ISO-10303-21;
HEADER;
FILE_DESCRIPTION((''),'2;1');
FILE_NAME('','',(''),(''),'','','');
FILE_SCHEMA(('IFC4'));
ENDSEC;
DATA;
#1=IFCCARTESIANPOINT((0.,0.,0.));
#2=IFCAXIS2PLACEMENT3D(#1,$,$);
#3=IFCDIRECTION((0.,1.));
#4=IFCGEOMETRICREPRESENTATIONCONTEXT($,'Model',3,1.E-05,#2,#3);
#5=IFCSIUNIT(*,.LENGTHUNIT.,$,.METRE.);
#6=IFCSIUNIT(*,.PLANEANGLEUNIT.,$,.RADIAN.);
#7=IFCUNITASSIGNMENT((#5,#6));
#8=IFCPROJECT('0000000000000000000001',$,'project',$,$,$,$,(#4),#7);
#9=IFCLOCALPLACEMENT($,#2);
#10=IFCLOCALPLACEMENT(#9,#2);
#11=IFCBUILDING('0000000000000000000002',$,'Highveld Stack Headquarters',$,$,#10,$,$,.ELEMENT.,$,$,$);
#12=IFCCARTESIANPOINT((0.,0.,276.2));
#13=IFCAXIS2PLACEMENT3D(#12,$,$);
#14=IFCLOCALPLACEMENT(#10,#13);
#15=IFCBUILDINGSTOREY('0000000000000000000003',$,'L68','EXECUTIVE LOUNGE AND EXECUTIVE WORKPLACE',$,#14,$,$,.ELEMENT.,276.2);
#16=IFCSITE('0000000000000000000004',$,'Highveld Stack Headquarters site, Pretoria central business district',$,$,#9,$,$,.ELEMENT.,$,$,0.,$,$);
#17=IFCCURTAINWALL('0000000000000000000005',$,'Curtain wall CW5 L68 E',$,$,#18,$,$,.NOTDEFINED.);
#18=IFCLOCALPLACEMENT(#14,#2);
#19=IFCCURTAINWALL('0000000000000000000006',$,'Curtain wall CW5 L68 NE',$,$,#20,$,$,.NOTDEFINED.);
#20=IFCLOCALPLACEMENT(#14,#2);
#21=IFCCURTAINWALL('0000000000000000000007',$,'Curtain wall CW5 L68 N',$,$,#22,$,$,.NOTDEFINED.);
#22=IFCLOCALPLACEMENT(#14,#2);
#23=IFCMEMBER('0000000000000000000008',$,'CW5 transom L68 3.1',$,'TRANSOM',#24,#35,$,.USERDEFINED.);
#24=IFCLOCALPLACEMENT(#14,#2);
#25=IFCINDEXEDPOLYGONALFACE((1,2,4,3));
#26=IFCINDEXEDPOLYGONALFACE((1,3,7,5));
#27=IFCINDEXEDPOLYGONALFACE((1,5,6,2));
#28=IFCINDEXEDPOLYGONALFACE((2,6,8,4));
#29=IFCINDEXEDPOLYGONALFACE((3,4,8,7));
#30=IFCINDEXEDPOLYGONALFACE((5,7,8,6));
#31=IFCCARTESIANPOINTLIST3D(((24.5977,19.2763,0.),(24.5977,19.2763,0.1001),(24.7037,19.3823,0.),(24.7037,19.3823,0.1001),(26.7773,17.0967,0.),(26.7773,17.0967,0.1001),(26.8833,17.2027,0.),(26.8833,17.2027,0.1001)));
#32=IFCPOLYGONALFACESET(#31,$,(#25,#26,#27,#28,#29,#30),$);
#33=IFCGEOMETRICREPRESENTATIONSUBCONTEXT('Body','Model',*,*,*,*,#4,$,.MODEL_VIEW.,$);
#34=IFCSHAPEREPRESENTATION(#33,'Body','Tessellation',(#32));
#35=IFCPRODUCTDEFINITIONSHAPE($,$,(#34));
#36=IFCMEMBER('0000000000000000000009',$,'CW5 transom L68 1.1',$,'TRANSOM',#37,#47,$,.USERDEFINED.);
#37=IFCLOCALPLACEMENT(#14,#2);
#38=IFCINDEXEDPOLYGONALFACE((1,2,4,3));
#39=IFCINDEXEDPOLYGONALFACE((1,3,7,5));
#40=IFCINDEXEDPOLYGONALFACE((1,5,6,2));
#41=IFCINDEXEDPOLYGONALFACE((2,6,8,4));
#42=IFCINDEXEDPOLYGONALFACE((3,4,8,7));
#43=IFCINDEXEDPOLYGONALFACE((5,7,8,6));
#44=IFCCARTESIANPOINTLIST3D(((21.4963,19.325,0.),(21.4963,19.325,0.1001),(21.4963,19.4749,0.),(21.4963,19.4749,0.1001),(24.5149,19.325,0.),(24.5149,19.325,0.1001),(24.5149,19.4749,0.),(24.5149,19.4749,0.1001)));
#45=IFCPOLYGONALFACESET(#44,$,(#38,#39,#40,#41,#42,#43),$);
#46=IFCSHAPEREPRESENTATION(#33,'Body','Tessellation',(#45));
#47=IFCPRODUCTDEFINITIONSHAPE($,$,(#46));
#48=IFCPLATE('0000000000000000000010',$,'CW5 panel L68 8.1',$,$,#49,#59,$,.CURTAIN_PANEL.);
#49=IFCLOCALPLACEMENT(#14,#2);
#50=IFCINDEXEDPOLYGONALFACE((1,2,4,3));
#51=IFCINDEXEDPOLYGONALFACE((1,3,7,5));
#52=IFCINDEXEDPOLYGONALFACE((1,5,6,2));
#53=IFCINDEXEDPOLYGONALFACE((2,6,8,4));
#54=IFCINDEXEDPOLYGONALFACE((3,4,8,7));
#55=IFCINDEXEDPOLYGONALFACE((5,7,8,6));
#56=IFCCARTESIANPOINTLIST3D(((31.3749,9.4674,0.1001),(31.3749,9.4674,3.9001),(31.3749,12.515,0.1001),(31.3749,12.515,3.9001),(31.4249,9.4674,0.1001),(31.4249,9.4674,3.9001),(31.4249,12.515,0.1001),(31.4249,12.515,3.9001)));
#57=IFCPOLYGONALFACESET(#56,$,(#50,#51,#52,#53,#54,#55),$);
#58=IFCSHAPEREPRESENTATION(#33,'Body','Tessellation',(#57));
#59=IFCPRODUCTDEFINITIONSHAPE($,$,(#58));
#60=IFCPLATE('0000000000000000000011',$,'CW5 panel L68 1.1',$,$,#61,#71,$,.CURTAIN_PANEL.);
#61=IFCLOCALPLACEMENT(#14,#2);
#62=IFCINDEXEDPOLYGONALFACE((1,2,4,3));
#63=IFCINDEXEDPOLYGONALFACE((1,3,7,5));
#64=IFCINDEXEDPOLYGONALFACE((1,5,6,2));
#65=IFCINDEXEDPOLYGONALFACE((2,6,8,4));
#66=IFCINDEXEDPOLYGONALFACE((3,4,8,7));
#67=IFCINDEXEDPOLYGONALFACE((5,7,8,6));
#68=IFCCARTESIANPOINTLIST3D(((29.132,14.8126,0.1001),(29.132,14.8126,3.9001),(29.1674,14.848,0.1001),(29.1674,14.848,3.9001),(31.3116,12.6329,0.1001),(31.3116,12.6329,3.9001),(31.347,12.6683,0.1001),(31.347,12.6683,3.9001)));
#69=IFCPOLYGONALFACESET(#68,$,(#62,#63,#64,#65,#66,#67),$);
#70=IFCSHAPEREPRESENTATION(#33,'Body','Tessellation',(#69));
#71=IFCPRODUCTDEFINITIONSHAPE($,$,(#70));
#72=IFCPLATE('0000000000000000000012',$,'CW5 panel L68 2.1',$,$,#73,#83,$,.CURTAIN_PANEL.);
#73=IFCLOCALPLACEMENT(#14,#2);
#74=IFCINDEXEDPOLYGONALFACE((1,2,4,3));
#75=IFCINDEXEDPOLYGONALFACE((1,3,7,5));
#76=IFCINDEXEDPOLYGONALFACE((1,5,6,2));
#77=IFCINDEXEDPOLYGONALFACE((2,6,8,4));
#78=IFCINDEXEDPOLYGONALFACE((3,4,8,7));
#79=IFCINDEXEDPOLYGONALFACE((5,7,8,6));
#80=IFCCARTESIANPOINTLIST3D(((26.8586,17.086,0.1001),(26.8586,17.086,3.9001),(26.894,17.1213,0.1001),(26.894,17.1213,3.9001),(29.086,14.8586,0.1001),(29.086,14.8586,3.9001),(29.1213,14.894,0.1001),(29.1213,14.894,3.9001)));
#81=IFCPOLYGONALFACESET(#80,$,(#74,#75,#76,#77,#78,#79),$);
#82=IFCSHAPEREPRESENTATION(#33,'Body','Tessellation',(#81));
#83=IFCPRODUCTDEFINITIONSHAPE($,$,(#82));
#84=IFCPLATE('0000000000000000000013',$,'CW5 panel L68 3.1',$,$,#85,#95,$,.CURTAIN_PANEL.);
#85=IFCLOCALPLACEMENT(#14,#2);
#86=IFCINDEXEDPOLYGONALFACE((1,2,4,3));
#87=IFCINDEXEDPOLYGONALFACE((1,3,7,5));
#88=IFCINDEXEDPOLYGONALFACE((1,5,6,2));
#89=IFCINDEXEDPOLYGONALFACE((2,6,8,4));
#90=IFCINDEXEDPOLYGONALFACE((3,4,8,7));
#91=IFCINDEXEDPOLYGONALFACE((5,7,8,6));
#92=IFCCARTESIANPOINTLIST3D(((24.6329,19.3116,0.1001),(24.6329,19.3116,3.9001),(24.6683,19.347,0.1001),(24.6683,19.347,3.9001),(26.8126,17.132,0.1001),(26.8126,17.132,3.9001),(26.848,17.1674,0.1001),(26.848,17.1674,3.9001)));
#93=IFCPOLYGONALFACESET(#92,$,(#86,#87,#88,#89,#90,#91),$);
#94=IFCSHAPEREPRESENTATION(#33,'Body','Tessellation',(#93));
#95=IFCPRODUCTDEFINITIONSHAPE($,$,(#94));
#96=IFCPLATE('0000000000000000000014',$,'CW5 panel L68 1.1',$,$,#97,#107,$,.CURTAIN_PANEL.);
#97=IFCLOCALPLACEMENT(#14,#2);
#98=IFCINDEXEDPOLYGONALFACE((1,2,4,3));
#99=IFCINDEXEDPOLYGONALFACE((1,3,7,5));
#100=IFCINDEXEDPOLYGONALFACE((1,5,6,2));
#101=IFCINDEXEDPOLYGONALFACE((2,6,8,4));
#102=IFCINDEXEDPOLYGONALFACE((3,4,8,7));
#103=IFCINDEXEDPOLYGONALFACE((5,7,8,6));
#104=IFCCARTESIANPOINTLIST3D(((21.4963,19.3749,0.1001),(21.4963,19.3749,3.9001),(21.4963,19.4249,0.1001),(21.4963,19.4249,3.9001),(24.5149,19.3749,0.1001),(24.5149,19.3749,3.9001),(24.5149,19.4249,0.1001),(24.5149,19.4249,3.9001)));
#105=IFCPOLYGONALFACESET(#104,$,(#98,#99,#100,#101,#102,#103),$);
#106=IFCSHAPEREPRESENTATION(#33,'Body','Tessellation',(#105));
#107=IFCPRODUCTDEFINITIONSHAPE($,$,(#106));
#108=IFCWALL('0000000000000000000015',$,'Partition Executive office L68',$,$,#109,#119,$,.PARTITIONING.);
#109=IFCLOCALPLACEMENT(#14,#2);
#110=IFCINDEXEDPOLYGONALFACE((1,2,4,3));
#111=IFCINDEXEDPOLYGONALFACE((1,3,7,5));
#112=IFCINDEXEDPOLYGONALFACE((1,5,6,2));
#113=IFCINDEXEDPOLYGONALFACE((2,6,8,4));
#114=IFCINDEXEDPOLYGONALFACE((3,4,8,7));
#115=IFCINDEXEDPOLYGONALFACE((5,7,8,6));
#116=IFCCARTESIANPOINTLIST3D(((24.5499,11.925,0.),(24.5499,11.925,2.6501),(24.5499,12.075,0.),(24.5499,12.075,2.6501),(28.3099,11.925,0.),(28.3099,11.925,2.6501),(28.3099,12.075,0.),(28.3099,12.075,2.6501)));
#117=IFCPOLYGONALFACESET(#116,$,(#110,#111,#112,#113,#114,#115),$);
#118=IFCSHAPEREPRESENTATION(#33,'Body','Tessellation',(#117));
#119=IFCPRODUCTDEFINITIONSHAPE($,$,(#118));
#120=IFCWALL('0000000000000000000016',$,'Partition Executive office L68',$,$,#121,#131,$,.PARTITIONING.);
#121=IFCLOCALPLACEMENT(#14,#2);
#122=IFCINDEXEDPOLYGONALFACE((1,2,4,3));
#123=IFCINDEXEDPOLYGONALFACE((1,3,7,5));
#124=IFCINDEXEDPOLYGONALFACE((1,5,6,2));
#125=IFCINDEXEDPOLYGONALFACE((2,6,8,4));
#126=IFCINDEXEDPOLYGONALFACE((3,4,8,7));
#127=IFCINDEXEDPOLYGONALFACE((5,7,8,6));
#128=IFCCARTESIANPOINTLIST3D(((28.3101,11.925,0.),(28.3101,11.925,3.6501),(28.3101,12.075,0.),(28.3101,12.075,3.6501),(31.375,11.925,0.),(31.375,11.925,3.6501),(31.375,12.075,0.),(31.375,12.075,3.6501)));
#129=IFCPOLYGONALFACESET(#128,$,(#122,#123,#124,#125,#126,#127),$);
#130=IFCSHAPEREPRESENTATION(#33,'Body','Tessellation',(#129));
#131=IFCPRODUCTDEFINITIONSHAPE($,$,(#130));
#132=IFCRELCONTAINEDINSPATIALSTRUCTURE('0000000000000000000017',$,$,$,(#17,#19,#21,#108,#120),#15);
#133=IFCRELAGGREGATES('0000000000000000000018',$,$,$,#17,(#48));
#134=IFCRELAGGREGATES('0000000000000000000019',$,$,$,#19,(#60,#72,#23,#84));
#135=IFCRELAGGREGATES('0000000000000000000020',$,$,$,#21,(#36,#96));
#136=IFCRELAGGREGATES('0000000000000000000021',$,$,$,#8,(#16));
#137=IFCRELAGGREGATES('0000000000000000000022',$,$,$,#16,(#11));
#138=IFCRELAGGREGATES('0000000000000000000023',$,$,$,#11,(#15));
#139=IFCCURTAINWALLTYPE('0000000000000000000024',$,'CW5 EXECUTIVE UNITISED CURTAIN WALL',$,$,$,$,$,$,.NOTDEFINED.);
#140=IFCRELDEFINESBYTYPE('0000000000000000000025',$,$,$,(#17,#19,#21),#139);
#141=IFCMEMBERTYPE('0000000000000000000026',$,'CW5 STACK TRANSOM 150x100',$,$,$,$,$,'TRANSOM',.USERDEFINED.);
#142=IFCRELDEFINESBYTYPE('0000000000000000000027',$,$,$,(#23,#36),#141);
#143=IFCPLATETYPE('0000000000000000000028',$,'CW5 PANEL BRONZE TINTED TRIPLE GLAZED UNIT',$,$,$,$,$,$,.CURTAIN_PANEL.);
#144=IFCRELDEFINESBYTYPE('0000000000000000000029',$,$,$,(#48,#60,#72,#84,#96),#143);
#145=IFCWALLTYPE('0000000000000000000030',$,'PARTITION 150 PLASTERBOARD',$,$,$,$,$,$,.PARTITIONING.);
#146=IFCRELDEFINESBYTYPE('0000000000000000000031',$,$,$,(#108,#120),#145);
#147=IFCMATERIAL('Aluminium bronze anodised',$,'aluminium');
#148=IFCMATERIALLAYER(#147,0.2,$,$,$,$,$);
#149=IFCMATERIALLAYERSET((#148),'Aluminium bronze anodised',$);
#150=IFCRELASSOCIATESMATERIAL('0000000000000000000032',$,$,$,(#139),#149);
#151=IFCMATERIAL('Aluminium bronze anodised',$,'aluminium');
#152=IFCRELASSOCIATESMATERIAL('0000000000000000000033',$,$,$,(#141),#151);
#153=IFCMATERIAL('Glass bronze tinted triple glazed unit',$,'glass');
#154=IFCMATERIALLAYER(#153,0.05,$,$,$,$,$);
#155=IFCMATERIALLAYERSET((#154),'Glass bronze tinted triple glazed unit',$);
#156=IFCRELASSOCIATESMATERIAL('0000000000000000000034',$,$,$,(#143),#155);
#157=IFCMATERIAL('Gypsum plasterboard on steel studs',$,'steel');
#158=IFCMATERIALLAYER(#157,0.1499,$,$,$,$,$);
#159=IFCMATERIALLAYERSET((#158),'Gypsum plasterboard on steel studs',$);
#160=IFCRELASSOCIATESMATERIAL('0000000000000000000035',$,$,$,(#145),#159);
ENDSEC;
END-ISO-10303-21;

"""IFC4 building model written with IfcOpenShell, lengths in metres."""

from ifc_helpers import new_model, si_unit, direction, frame, frame_2d, origin, origin_2d, place, context, subcontext, project, spatial, rectangle, extrude, material, layer, layer_set, material_profile, profile_set, type_object, element, aggregate, save


model = new_model("IFC4")

# Units and contexts
model_context = context("Model", 3, precision=1e-05, world=origin(), true_north=direction((0.0, 1.0)))
body_context = subcontext(model_context, "Body", "Model", "MODEL_VIEW")
ifc_project = project(units=[si_unit("LENGTHUNIT", "METRE"), si_unit("PLANEANGLEUNIT", "RADIAN")], contexts=[model_context])

# Site, building, storey
site_placement = place(None, origin())
site = spatial("IfcSite", under=ifc_project, at=site_placement, Name="Highveld Stack Headquarters site, Pretoria central business district", CompositionType="ELEMENT", RefElevation=0.0)
building_placement = place(site_placement, origin())
building = spatial("IfcBuilding", under=site, at=building_placement, Name="Highveld Stack Headquarters", CompositionType="ELEMENT")
storey_placement = place(building_placement, frame((0.0, 0.0, 276.2)))
storey = spatial("IfcBuildingStorey", under=building, at=storey_placement, Name="L68", Description="EXECUTIVE LOUNGE AND EXECUTIVE WORKPLACE", CompositionType="ELEMENT", Elevation=276.2)

# Curtain wall
ifc_material_1 = material(Name="Aluminium bronze anodised", Category="aluminium")
ifc_layer_1 = layer(ifc_material_1, 0.2)
ifc_layer_set_1 = layer_set([ifc_layer_1], Name="Aluminium bronze anodised")
curtain_wall_type = type_object("IfcCurtainWallType", Name="CW5 EXECUTIVE UNITISED CURTAIN WALL", PredefinedType="NOTDEFINED", material=ifc_layer_set_1)
curtain_wall_1_placement = place(storey_placement, origin())
curtain_wall_1 = element("IfcCurtainWall", 1, at=curtain_wall_1_placement, inside=storey, type_object=curtain_wall_type, Name="Curtain wall CW5 L68 E", PredefinedType="NOTDEFINED")

# Curtain wall
curtain_wall_2_placement = place(storey_placement, origin())
curtain_wall_2 = element("IfcCurtainWall", 2, at=curtain_wall_2_placement, inside=storey, type_object=curtain_wall_type, Name="Curtain wall CW5 L68 NE", PredefinedType="NOTDEFINED")

# Curtain wall
curtain_wall_3_placement = place(storey_placement, origin())
curtain_wall_3 = element("IfcCurtainWall", 3, at=curtain_wall_3_placement, inside=storey, type_object=curtain_wall_type, Name="Curtain wall CW5 L68 N", PredefinedType="NOTDEFINED")

# Members
ifc_material_2 = material(Name="Aluminium bronze anodised", Category="aluminium")
ifc_material_profile_1 = material_profile(ifc_material_2, rectangle(XDim=0.1499, YDim=0.1001, at=origin_2d()), Name="CW5 TRANSOM 150x100")
ifc_profile_set_1 = profile_set([ifc_material_profile_1], Name="Aluminium bronze anodised")
member_type_1 = type_object("IfcMemberType", Name="CW5 STACK TRANSOM 150x100", ElementType="TRANSOM", PredefinedType="USERDEFINED", material=ifc_profile_set_1)
member_1_placement = place(storey_placement, frame((26.8303, 17.1497, 0.05), z_axis=(-0.707107, 0.707107, 0.0), x_axis=(-0.707107, -0.707107, 0.0)))
member_1 = element("IfcMember", 4, at=member_1_placement, type_object=member_type_1, Name="CW5 transom L68 3.1", ObjectType="TRANSOM", PredefinedType="USERDEFINED", context=body_context, shape_type="SweptSolid", body=[
    extrude(rectangle(XDim=0.1499, YDim=0.1001, at=origin_2d()), origin(), (0.0, 0.0, 1.0), 3.0825),
])
member_2_placement = place(storey_placement, frame((24.5149, 19.3999, 0.05), z_axis=(-1.0, 0.0, 0.0), x_axis=(0.0, -1.0, 0.0)))
member_2 = element("IfcMember", 5, at=member_2_placement, type_object=member_type_1, Name="CW5 transom L68 1.1", ObjectType="TRANSOM", PredefinedType="USERDEFINED", context=body_context, shape_type="SweptSolid", body=[
    extrude(rectangle(XDim=0.1499, YDim=0.1001, at=origin_2d()), origin(), (0.0, 0.0, 1.0), 3.0186),
])

# Plates
ifc_material_3 = material(Name="Glass bronze tinted triple glazed unit", Category="glass")
ifc_layer_2 = layer(ifc_material_3, 0.05)
ifc_layer_set_2 = layer_set([ifc_layer_2], Name="Glass bronze tinted triple glazed unit")
plate_type = type_object("IfcPlateType", Name="CW5 PANEL BRONZE TINTED TRIPLE GLAZED UNIT", PredefinedType="CURTAIN_PANEL", material=ifc_layer_set_2)
plate_1_placement = place(storey_placement, frame((31.3999, 10.9912, 0.1001), z_axis=(0.0, 0.0, 1.0), x_axis=(0.0, 1.0, 0.0)))
plate_1 = element("IfcPlate", 6, at=plate_1_placement, type_object=plate_type, Name="CW5 panel L68 8.1", PredefinedType="CURTAIN_PANEL", context=body_context, shape_type="SweptSolid", body=[
    extrude(rectangle(XDim=3.0476, YDim=0.05, at=origin_2d()), origin(), (0.0, 0.0, 1.0), 3.8),
])
aggregate(curtain_wall_1, [plate_1])
plate_2_placement = place(storey_placement, frame((30.2395, 13.7405, 0.1001), z_axis=(0.0, 0.0, 1.0), x_axis=(-0.707107, 0.707107, 0.0)))
plate_2 = element("IfcPlate", 7, at=plate_2_placement, type_object=plate_type, Name="CW5 panel L68 1.1", PredefinedType="CURTAIN_PANEL", context=body_context, shape_type="SweptSolid", body=[
    extrude(rectangle(XDim=3.0825, YDim=0.05, at=origin_2d()), origin(), (0.0, 0.0, 1.0), 3.8),
])
plate_3_placement = place(storey_placement, frame((27.99, 15.99, 0.1001), z_axis=(0.0, 0.0, 1.0), x_axis=(-0.707107, 0.707107, 0.0)))
plate_3 = element("IfcPlate", 8, at=plate_3_placement, type_object=plate_type, Name="CW5 panel L68 2.1", PredefinedType="CURTAIN_PANEL", context=body_context, shape_type="SweptSolid", body=[
    extrude(rectangle(XDim=3.1499, YDim=0.05, at=origin_2d()), origin(), (0.0, 0.0, 1.0), 3.8),
])
plate_4_placement = place(storey_placement, frame((25.7405, 18.2395, 0.1001), z_axis=(0.0, 0.0, 1.0), x_axis=(-0.707107, 0.707107, 0.0)))
plate_4 = element("IfcPlate", 9, at=plate_4_placement, type_object=plate_type, Name="CW5 panel L68 3.1", PredefinedType="CURTAIN_PANEL", context=body_context, shape_type="SweptSolid", body=[
    extrude(rectangle(XDim=3.0825, YDim=0.05, at=origin_2d()), origin(), (0.0, 0.0, 1.0), 3.8),
])
aggregate(curtain_wall_2, [plate_2, plate_3, member_1, plate_4])
plate_5_placement = place(storey_placement, frame((23.0056, 19.3999, 0.1001), z_axis=(0.0, 0.0, 1.0), x_axis=(-1.0, 0.0, 0.0)))
plate_5 = element("IfcPlate", 10, at=plate_5_placement, type_object=plate_type, Name="CW5 panel L68 1.1", PredefinedType="CURTAIN_PANEL", context=body_context, shape_type="SweptSolid", body=[
    extrude(rectangle(XDim=3.0186, YDim=0.05, at=origin_2d()), origin(), (0.0, 0.0, 1.0), 3.8),
])
aggregate(curtain_wall_3, [member_2, plate_5])

# Walls
ifc_material_4 = material(Name="Gypsum plasterboard on steel studs", Category="steel")
ifc_layer_3 = layer(ifc_material_4, 0.1499)
ifc_layer_set_3 = layer_set([ifc_layer_3], Name="Gypsum plasterboard on steel studs")
wall_type = type_object("IfcWallType", Name="PARTITION 150 PLASTERBOARD", PredefinedType="PARTITIONING", material=ifc_layer_set_3)
wall_1_placement = place(storey_placement, frame((24.55, 12.0, 0.0), z_axis=(0.0, 0.0, 1.0), x_axis=(1.0, 0.0, 0.0)))
element("IfcWall", 11, at=wall_1_placement, inside=storey, type_object=wall_type, Name="Partition Executive office L68", PredefinedType="PARTITIONING", context=body_context, shape_type="SweptSolid", body=[
    extrude(rectangle(XDim=3.76, YDim=0.1499, at=frame_2d((1.8799, 0.0))), origin(), (0.0, 0.0, 1.0), 2.6501),
])
wall_2_placement = place(storey_placement, frame((28.3101, 12.0, 0.0), z_axis=(0.0, 0.0, 1.0), x_axis=(1.0, 0.0, 0.0)))
element("IfcWall", 12, at=wall_2_placement, inside=storey, type_object=wall_type, Name="Partition Executive office L68", PredefinedType="PARTITIONING", context=body_context, shape_type="SweptSolid", body=[
    extrude(rectangle(XDim=3.0649, YDim=0.1499, at=frame_2d((1.5325, 0.0))), origin(), (0.0, 0.0, 1.0), 3.6501),
])

save(model, "model.ifc")
